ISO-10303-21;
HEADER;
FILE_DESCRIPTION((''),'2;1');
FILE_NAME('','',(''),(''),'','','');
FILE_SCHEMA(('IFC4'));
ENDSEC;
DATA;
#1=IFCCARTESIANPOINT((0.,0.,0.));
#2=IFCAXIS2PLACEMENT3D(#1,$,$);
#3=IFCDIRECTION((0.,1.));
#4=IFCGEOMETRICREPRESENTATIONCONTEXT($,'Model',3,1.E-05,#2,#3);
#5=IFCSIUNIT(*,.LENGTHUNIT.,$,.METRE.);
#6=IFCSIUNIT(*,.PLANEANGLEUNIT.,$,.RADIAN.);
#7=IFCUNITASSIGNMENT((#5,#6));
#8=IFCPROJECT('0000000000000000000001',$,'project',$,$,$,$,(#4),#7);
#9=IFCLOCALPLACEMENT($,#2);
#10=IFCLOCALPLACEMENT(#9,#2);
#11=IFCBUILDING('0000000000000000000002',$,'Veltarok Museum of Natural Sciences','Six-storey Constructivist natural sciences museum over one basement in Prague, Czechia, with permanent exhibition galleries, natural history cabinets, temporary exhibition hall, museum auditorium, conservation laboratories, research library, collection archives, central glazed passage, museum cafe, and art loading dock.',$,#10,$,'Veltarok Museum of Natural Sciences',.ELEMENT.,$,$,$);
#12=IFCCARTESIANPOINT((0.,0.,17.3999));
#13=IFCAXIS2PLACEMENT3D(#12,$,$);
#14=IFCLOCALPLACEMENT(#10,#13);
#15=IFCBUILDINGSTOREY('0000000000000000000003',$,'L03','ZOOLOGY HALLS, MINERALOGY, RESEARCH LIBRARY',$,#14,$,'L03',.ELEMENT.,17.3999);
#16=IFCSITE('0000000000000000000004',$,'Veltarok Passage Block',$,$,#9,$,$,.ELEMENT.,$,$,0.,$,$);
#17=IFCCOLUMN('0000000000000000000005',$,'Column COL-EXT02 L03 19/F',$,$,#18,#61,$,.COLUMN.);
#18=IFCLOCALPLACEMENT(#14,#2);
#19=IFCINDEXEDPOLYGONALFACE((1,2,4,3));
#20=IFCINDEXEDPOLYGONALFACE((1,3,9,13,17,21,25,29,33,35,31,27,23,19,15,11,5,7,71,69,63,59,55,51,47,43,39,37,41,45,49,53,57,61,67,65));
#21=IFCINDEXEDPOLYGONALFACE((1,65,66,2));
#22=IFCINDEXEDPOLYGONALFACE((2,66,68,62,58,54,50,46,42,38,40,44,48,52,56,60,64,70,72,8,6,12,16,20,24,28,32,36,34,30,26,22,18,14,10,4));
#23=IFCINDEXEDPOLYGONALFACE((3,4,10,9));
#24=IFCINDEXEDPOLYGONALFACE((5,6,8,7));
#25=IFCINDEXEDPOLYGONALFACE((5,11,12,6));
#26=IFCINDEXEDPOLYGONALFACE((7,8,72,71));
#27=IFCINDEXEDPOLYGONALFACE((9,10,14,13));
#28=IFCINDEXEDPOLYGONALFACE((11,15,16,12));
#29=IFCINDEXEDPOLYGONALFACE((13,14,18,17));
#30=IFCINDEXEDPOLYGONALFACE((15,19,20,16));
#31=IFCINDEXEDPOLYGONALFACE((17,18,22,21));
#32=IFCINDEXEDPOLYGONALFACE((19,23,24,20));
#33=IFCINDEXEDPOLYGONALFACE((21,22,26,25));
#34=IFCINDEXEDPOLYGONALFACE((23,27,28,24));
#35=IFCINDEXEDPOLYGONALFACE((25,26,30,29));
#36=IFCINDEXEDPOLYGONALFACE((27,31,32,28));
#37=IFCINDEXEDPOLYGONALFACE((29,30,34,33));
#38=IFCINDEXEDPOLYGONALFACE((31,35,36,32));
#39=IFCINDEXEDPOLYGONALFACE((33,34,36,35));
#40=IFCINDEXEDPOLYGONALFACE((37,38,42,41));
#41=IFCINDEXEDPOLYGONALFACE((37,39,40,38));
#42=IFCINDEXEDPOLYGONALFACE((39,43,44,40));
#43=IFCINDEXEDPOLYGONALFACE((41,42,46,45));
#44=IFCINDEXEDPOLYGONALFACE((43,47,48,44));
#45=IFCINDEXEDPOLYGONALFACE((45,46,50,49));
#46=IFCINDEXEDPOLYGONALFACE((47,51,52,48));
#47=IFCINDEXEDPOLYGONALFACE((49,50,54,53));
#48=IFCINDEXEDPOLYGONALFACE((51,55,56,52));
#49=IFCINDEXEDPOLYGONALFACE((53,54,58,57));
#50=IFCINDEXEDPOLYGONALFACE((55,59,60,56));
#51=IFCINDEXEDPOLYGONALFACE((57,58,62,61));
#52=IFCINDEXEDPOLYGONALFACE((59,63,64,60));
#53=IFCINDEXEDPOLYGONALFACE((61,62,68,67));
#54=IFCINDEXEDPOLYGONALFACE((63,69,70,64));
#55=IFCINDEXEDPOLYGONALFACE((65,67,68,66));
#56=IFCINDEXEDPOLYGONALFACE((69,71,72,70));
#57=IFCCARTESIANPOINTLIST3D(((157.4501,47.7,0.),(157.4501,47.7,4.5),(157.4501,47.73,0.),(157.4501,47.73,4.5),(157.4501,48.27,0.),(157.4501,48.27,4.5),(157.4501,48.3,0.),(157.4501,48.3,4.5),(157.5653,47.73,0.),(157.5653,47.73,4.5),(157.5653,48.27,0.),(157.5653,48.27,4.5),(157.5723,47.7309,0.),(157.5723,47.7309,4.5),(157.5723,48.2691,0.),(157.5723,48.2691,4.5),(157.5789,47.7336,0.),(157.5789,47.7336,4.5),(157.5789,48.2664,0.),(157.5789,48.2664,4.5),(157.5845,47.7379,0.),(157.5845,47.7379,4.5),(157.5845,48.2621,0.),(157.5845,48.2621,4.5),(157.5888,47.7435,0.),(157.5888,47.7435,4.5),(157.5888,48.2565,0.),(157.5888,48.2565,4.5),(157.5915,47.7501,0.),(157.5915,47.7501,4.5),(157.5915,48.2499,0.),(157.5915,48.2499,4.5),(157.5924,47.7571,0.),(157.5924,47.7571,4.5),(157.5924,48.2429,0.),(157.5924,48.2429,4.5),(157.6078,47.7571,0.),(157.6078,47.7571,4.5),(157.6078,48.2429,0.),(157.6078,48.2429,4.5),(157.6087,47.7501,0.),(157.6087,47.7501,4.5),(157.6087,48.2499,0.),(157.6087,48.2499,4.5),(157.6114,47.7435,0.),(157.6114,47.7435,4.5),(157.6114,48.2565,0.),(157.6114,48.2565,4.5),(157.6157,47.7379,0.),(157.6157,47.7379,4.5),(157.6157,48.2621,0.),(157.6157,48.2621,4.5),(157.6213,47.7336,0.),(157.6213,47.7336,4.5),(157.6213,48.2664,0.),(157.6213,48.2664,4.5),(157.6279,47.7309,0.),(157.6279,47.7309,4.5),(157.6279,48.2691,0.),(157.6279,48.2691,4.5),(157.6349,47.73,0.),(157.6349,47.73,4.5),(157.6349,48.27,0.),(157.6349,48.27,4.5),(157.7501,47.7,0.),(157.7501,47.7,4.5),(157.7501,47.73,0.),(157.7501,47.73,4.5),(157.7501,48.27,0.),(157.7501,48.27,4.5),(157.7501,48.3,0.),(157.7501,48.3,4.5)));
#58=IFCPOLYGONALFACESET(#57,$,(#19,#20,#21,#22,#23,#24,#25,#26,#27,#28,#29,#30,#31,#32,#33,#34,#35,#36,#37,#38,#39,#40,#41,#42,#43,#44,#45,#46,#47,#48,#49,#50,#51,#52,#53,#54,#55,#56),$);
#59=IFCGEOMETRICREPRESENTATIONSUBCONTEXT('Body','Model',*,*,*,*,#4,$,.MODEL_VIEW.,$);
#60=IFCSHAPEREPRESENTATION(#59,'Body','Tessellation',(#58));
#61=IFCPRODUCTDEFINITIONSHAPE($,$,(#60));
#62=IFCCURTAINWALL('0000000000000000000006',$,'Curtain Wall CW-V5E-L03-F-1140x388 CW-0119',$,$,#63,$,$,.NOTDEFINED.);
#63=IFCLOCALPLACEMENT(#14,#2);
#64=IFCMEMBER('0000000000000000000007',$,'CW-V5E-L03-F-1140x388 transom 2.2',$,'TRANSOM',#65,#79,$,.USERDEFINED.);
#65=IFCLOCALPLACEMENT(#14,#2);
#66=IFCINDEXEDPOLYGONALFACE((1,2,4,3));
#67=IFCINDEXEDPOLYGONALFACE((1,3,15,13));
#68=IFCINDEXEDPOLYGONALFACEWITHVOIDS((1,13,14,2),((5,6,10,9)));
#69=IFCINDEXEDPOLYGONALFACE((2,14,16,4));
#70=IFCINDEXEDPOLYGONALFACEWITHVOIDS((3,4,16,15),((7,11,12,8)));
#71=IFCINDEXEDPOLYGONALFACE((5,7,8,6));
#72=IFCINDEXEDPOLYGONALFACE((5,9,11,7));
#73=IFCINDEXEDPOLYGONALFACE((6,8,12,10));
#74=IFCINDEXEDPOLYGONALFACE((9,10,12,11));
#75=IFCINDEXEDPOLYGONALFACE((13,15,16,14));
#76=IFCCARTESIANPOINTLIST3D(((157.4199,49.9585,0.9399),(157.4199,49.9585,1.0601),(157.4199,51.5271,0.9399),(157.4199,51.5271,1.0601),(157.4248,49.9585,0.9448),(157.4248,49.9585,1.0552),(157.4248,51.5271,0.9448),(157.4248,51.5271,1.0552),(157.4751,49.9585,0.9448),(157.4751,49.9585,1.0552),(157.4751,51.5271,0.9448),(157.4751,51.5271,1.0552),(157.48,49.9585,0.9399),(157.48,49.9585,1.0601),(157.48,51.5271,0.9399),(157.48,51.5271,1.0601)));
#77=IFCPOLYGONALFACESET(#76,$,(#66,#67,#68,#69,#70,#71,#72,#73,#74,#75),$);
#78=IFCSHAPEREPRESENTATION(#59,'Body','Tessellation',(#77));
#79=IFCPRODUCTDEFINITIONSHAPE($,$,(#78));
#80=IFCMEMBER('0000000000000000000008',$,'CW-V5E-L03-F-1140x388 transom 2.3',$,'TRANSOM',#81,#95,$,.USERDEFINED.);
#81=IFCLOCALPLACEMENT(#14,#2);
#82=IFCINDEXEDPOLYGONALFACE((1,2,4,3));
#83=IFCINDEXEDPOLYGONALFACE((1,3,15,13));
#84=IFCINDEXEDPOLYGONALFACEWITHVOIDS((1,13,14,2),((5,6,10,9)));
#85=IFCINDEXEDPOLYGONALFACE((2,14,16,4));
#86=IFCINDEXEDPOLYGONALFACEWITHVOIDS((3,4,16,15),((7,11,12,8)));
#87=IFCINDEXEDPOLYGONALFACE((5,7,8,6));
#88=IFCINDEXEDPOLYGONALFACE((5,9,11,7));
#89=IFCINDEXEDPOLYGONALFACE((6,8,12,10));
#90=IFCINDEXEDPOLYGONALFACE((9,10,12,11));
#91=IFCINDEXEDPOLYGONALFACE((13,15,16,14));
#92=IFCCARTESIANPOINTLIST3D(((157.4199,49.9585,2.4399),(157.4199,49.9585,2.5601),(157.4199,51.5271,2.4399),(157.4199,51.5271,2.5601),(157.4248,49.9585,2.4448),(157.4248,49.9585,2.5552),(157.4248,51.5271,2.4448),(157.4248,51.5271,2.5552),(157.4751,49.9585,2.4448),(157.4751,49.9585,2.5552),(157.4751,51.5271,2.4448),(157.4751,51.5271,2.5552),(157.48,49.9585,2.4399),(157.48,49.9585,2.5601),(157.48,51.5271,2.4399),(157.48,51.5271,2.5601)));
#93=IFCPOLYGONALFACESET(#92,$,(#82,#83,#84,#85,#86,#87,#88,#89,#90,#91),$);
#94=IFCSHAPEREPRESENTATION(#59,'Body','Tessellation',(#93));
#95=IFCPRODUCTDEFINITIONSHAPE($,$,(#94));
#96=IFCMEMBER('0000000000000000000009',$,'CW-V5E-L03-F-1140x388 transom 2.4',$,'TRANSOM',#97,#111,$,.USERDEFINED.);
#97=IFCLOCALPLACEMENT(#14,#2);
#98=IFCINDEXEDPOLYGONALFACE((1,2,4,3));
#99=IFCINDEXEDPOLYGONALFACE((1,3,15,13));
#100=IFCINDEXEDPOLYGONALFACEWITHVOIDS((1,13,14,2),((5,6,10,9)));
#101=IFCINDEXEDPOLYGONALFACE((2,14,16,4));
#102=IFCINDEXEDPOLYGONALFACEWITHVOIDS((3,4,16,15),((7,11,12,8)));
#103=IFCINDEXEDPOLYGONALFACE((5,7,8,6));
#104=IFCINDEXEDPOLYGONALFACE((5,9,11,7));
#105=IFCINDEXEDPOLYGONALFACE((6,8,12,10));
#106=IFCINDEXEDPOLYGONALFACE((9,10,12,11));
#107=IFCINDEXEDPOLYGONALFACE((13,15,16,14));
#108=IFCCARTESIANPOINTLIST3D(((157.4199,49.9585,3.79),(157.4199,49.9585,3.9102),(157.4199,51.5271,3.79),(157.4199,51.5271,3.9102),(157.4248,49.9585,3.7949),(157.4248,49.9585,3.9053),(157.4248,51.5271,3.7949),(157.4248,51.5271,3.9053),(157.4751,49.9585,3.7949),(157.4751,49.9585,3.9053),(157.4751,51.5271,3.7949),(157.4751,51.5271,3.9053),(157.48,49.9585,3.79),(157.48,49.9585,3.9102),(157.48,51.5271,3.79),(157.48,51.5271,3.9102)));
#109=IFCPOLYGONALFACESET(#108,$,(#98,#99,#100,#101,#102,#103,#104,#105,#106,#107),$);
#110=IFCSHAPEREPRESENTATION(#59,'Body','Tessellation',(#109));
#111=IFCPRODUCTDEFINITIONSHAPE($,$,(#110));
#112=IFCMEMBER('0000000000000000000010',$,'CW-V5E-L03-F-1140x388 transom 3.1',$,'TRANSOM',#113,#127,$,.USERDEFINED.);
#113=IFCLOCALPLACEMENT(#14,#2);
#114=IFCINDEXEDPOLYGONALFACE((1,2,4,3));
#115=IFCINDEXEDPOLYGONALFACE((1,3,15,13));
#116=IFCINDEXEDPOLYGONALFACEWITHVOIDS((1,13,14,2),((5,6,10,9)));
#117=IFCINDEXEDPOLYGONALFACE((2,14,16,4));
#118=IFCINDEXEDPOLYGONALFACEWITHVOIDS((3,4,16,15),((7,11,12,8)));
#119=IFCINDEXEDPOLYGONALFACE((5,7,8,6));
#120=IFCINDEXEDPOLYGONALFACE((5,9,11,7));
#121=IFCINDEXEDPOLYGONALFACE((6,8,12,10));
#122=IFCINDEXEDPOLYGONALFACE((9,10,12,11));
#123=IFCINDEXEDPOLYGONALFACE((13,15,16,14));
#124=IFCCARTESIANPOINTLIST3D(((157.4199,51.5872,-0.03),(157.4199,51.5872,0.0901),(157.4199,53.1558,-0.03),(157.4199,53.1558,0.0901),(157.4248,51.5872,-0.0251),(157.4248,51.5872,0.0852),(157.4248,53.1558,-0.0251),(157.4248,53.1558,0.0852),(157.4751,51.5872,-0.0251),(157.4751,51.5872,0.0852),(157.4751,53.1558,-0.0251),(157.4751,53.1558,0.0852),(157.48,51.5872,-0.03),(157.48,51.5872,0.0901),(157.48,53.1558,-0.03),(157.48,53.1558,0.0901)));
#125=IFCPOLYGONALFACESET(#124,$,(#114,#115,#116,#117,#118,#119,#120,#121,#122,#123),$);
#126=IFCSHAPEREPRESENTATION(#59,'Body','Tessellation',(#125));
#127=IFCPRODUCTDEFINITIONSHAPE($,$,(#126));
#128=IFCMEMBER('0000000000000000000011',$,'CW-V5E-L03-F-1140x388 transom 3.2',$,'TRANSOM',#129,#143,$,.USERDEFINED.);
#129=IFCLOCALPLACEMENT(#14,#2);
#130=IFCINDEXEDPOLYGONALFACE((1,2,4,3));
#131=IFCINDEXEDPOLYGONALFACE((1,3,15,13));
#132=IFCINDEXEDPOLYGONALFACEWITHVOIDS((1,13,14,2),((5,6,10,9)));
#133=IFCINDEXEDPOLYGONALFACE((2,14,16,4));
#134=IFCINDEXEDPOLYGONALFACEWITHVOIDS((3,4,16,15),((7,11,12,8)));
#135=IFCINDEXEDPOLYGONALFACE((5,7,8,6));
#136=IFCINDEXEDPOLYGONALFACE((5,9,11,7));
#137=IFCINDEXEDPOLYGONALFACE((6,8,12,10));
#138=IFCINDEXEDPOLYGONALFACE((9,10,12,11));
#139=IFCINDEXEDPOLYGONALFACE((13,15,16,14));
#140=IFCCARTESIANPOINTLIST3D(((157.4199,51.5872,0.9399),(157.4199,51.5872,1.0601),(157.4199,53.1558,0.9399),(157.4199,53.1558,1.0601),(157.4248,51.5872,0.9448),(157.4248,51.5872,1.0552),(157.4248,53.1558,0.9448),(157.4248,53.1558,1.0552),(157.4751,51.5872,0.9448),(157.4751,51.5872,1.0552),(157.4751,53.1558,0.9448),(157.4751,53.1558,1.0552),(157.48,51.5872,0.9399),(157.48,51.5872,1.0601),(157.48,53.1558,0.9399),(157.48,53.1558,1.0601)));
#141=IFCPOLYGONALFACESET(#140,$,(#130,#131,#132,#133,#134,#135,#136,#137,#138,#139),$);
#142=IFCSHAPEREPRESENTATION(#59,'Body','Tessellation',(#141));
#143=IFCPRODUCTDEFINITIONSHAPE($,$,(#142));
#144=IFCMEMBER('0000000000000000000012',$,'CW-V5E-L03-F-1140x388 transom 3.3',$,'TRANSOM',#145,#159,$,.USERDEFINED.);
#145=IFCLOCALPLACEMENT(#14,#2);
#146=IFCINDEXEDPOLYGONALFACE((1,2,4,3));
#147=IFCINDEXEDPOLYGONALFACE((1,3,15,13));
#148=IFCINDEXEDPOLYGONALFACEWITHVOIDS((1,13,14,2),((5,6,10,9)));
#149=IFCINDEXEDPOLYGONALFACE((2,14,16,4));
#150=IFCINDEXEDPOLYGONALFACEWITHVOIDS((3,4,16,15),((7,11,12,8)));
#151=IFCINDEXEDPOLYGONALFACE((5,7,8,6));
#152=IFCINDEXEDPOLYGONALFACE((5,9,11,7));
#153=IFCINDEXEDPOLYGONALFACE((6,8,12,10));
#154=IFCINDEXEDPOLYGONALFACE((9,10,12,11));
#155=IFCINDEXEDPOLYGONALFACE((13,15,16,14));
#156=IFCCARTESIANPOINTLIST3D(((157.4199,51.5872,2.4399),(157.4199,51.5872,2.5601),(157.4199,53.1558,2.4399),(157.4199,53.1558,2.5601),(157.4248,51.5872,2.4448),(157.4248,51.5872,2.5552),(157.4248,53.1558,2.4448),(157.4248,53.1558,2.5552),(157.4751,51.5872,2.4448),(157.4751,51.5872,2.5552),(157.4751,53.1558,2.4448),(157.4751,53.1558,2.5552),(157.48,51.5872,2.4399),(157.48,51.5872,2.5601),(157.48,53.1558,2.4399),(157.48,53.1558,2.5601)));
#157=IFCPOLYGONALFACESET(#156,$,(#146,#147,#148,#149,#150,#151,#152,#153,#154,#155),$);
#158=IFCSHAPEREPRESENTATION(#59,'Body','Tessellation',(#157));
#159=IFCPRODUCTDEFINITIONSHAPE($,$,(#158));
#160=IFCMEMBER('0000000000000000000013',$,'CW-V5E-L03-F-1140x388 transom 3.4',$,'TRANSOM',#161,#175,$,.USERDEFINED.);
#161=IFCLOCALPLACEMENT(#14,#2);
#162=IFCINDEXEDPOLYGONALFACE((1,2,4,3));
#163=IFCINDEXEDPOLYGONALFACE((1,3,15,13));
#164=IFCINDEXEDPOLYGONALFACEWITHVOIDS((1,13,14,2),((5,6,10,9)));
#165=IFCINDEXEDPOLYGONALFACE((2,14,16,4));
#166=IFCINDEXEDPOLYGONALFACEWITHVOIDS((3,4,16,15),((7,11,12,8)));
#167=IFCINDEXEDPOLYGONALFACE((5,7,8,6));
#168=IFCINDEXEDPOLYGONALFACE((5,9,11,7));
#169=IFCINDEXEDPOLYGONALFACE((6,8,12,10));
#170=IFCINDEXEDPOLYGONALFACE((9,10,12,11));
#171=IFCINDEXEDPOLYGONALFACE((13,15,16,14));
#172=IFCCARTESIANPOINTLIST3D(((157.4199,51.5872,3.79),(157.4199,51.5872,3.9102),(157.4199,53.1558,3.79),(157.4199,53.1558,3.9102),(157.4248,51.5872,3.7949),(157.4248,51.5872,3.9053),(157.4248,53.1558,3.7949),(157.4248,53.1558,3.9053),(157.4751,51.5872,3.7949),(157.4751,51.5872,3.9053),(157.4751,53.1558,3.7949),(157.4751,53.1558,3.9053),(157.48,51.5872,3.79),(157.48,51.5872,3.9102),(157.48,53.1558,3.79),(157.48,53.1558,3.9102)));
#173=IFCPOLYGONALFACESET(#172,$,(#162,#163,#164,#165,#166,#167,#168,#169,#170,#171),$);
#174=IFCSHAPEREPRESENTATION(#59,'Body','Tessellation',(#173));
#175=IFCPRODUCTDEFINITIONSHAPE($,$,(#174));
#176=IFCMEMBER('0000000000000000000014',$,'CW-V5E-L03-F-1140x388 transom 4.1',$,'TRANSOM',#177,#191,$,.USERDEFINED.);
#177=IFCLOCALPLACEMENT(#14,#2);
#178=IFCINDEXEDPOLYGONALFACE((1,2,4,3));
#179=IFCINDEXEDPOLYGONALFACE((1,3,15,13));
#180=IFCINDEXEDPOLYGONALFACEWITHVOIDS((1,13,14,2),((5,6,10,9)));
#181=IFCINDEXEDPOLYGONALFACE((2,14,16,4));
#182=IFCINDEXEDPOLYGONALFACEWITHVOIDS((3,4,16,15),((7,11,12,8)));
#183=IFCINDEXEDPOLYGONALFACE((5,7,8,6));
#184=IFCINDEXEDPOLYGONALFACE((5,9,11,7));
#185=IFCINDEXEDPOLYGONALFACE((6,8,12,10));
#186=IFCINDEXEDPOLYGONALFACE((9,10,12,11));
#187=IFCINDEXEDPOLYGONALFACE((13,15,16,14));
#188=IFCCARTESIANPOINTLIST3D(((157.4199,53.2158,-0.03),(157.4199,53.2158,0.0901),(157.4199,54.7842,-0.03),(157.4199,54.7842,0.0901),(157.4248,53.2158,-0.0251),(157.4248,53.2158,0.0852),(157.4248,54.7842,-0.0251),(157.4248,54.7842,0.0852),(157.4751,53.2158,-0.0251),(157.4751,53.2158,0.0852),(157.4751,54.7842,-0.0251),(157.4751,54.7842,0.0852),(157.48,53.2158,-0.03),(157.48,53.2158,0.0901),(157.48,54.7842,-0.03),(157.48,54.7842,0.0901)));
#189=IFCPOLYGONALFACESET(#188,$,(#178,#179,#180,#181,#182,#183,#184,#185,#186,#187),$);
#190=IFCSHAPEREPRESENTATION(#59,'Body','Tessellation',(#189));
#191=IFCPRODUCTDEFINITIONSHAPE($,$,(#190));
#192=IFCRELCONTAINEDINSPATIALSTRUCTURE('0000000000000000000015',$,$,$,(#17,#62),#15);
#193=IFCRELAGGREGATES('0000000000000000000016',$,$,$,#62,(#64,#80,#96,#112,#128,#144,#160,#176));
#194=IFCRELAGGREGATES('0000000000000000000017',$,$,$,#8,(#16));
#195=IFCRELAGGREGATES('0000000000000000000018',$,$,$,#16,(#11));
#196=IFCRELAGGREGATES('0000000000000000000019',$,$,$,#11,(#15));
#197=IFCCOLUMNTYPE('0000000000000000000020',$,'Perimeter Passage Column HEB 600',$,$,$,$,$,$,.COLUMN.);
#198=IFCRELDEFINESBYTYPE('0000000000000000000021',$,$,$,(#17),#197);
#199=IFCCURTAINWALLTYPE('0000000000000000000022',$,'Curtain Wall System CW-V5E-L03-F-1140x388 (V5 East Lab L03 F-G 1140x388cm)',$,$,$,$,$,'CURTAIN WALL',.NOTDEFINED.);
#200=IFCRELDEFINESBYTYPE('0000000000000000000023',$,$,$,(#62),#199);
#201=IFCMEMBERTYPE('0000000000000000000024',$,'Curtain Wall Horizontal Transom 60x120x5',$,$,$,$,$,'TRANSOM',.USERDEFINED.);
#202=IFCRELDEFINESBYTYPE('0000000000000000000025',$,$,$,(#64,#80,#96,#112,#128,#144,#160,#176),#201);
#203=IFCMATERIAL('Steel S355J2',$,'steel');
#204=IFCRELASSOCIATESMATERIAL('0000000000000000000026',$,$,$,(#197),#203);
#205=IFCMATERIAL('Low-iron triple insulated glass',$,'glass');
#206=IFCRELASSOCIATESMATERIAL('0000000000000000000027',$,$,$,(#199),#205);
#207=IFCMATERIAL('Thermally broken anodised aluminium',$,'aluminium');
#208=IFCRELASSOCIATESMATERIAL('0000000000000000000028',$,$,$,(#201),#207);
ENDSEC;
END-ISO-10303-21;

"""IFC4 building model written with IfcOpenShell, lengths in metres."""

from ifc_helpers import new_model, si_unit, direction, frame, origin, origin_2d, place, context, subcontext, project, spatial, hollow_rectangle, i_section, extrude, material, material_profile, profile_set, type_object, element, aggregate, save


model = new_model("IFC4")

# Units and contexts
model_context = context("Model", 3, precision=1e-05, world=origin(), true_north=direction((0.0, 1.0)))
body_context = subcontext(model_context, "Body", "Model", "MODEL_VIEW")
ifc_project = project(units=[si_unit("LENGTHUNIT", "METRE"), si_unit("PLANEANGLEUNIT", "RADIAN")], contexts=[model_context])

# Site, building, storey
site_placement = place(None, origin())
site = spatial("IfcSite", under=ifc_project, at=site_placement, Name="Veltarok Passage Block", CompositionType="ELEMENT", RefElevation=0.0)
building_placement = place(site_placement, origin())
building = spatial("IfcBuilding", under=site, at=building_placement, Name="Veltarok Museum of Natural Sciences", Description="Six-storey Constructivist natural sciences museum over one basement in Prague, Czechia, with permanent exhibition galleries, natural history cabinets, temporary exhibition hall, museum auditorium, conservation laboratories, research library, collection archives, central glazed passage, museum cafe, and art loading dock.", LongName="Veltarok Museum of Natural Sciences", CompositionType="ELEMENT")
storey_placement = place(building_placement, frame((0.0, 0.0, 17.3999)))
storey = spatial("IfcBuildingStorey", under=building, at=storey_placement, Name="L03", Description="ZOOLOGY HALLS, MINERALOGY, RESEARCH LIBRARY", LongName="L03", CompositionType="ELEMENT", Elevation=17.3999)

# Column
ifc_material_1 = material(Name="Steel S355J2", Category="steel")
ifc_material_profile_1 = material_profile(ifc_material_1, i_section(OverallWidth=0.3, OverallDepth=0.6001, WebThickness=0.0154, FlangeThickness=0.03, FilletRadius=0.0271, at=origin_2d()), Name="HEB 600")
ifc_profile_set_1 = profile_set([ifc_material_profile_1], Name="Steel S355J2")
column_type = type_object("IfcColumnType", Name="Perimeter Passage Column HEB 600", PredefinedType="COLUMN", material=ifc_profile_set_1)
column_placement = place(storey_placement, frame((157.6001, 48.0, 0.0), z_axis=(0.0, 0.0, 1.0), x_axis=(1.0, 0.0, 0.0)))
element("IfcColumn", 1, at=column_placement, inside=storey, type_object=column_type, Name="Column COL-EXT02 L03 19/F", PredefinedType="COLUMN", context=body_context, shape_type="SweptSolid", body=[
    extrude(i_section(OverallWidth=0.3, OverallDepth=0.6001, WebThickness=0.0154, FlangeThickness=0.03, FilletRadius=0.0271, at=origin_2d()), origin(), (0.0, 0.0, 1.0), 4.5),
])

# Curtain wall, members
ifc_material_2 = material(Name="Low-iron triple insulated glass", Category="glass")
curtain_wall_type = type_object("IfcCurtainWallType", Name="Curtain Wall System CW-V5E-L03-F-1140x388 (V5 East Lab L03 F-G 1140x388cm)", ElementType="CURTAIN WALL", PredefinedType="NOTDEFINED", material=ifc_material_2)
curtain_wall_placement = place(storey_placement, origin())
curtain_wall = element("IfcCurtainWall", 2, at=curtain_wall_placement, inside=storey, type_object=curtain_wall_type, Name="Curtain Wall CW-V5E-L03-F-1140x388 CW-0119", PredefinedType="NOTDEFINED")
ifc_material_3 = material(Name="Thermally broken anodised aluminium", Category="aluminium")
ifc_material_profile_2 = material_profile(ifc_material_3, hollow_rectangle(XDim=0.0601, YDim=0.1201, WallThickness=0.0049, at=origin_2d()), Name="CW TRANSOM 60x120x5")
ifc_profile_set_2 = profile_set([ifc_material_profile_2], Name="Thermally broken anodised aluminium")
member_type_1 = type_object("IfcMemberType", Name="Curtain Wall Horizontal Transom 60x120x5", ElementType="TRANSOM", PredefinedType="USERDEFINED", material=ifc_profile_set_2)
member_1_placement = place(storey_placement, frame((157.45, 49.9585, 1.0), z_axis=(0.0, 1.0, 0.0), x_axis=(-1.0, 0.0, 0.0)))
member_1 = element("IfcMember", 3, at=member_1_placement, type_object=member_type_1, Name="CW-V5E-L03-F-1140x388 transom 2.2", ObjectType="TRANSOM", PredefinedType="USERDEFINED", context=body_context, shape_type="SweptSolid", body=[
    extrude(hollow_rectangle(XDim=0.0601, YDim=0.1201, WallThickness=0.0049, at=origin_2d()), origin(), (0.0, 0.0, 1.0), 1.5686),
])
member_2_placement = place(storey_placement, frame((157.45, 49.9585, 2.5), z_axis=(0.0, 1.0, 0.0), x_axis=(-1.0, 0.0, 0.0)))
member_2 = element("IfcMember", 4, at=member_2_placement, type_object=member_type_1, Name="CW-V5E-L03-F-1140x388 transom 2.3", ObjectType="TRANSOM", PredefinedType="USERDEFINED", context=body_context, shape_type="SweptSolid", body=[
    extrude(hollow_rectangle(XDim=0.0601, YDim=0.1201, WallThickness=0.0049, at=origin_2d()), origin(), (0.0, 0.0, 1.0), 1.5686),
])
member_3_placement = place(storey_placement, frame((157.45, 49.9585, 3.8501), z_axis=(0.0, 1.0, 0.0), x_axis=(-1.0, 0.0, 0.0)))
member_3 = element("IfcMember", 5, at=member_3_placement, type_object=member_type_1, Name="CW-V5E-L03-F-1140x388 transom 2.4", ObjectType="TRANSOM", PredefinedType="USERDEFINED", context=body_context, shape_type="SweptSolid", body=[
    extrude(hollow_rectangle(XDim=0.0601, YDim=0.1201, WallThickness=0.0049, at=origin_2d()), origin(), (0.0, 0.0, 1.0), 1.5686),
])
member_4_placement = place(storey_placement, frame((157.45, 51.5872, 0.03), z_axis=(0.0, 1.0, 0.0), x_axis=(-1.0, 0.0, 0.0)))
member_4 = element("IfcMember", 6, at=member_4_placement, type_object=member_type_1, Name="CW-V5E-L03-F-1140x388 transom 3.1", ObjectType="TRANSOM", PredefinedType="USERDEFINED", context=body_context, shape_type="SweptSolid", body=[
    extrude(hollow_rectangle(XDim=0.0601, YDim=0.1201, WallThickness=0.0049, at=origin_2d()), origin(), (0.0, 0.0, 1.0), 1.5686),
])
member_5_placement = place(storey_placement, frame((157.45, 51.5872, 1.0), z_axis=(0.0, 1.0, 0.0), x_axis=(-1.0, 0.0, 0.0)))
member_5 = element("IfcMember", 7, at=member_5_placement, type_object=member_type_1, Name="CW-V5E-L03-F-1140x388 transom 3.2", ObjectType="TRANSOM", PredefinedType="USERDEFINED", context=body_context, shape_type="SweptSolid", body=[
    extrude(hollow_rectangle(XDim=0.0601, YDim=0.1201, WallThickness=0.0049, at=origin_2d()), origin(), (0.0, 0.0, 1.0), 1.5686),
])
member_6_placement = place(storey_placement, frame((157.45, 51.5872, 2.5), z_axis=(0.0, 1.0, 0.0), x_axis=(-1.0, 0.0, 0.0)))
member_6 = element("IfcMember", 8, at=member_6_placement, type_object=member_type_1, Name="CW-V5E-L03-F-1140x388 transom 3.3", ObjectType="TRANSOM", PredefinedType="USERDEFINED", context=body_context, shape_type="SweptSolid", body=[
    extrude(hollow_rectangle(XDim=0.0601, YDim=0.1201, WallThickness=0.0049, at=origin_2d()), origin(), (0.0, 0.0, 1.0), 1.5686),
])
member_7_placement = place(storey_placement, frame((157.45, 51.5872, 3.8501), z_axis=(0.0, 1.0, 0.0), x_axis=(-1.0, 0.0, 0.0)))
member_7 = element("IfcMember", 9, at=member_7_placement, type_object=member_type_1, Name="CW-V5E-L03-F-1140x388 transom 3.4", ObjectType="TRANSOM", PredefinedType="USERDEFINED", context=body_context, shape_type="SweptSolid", body=[
    extrude(hollow_rectangle(XDim=0.0601, YDim=0.1201, WallThickness=0.0049, at=origin_2d()), origin(), (0.0, 0.0, 1.0), 1.5686),
])
member_8_placement = place(storey_placement, frame((157.45, 53.2158, 0.03), z_axis=(0.0, 1.0, 0.0), x_axis=(-1.0, 0.0, 0.0)))
member_8 = element("IfcMember", 10, at=member_8_placement, type_object=member_type_1, Name="CW-V5E-L03-F-1140x388 transom 4.1", ObjectType="TRANSOM", PredefinedType="USERDEFINED", context=body_context, shape_type="SweptSolid", body=[
    extrude(hollow_rectangle(XDim=0.0601, YDim=0.1201, WallThickness=0.0049, at=origin_2d()), origin(), (0.0, 0.0, 1.0), 1.5684),
])

aggregate(curtain_wall, [member_1, member_2, member_3, member_4, member_5, member_6, member_7, member_8])

save(model, "model.ifc")
